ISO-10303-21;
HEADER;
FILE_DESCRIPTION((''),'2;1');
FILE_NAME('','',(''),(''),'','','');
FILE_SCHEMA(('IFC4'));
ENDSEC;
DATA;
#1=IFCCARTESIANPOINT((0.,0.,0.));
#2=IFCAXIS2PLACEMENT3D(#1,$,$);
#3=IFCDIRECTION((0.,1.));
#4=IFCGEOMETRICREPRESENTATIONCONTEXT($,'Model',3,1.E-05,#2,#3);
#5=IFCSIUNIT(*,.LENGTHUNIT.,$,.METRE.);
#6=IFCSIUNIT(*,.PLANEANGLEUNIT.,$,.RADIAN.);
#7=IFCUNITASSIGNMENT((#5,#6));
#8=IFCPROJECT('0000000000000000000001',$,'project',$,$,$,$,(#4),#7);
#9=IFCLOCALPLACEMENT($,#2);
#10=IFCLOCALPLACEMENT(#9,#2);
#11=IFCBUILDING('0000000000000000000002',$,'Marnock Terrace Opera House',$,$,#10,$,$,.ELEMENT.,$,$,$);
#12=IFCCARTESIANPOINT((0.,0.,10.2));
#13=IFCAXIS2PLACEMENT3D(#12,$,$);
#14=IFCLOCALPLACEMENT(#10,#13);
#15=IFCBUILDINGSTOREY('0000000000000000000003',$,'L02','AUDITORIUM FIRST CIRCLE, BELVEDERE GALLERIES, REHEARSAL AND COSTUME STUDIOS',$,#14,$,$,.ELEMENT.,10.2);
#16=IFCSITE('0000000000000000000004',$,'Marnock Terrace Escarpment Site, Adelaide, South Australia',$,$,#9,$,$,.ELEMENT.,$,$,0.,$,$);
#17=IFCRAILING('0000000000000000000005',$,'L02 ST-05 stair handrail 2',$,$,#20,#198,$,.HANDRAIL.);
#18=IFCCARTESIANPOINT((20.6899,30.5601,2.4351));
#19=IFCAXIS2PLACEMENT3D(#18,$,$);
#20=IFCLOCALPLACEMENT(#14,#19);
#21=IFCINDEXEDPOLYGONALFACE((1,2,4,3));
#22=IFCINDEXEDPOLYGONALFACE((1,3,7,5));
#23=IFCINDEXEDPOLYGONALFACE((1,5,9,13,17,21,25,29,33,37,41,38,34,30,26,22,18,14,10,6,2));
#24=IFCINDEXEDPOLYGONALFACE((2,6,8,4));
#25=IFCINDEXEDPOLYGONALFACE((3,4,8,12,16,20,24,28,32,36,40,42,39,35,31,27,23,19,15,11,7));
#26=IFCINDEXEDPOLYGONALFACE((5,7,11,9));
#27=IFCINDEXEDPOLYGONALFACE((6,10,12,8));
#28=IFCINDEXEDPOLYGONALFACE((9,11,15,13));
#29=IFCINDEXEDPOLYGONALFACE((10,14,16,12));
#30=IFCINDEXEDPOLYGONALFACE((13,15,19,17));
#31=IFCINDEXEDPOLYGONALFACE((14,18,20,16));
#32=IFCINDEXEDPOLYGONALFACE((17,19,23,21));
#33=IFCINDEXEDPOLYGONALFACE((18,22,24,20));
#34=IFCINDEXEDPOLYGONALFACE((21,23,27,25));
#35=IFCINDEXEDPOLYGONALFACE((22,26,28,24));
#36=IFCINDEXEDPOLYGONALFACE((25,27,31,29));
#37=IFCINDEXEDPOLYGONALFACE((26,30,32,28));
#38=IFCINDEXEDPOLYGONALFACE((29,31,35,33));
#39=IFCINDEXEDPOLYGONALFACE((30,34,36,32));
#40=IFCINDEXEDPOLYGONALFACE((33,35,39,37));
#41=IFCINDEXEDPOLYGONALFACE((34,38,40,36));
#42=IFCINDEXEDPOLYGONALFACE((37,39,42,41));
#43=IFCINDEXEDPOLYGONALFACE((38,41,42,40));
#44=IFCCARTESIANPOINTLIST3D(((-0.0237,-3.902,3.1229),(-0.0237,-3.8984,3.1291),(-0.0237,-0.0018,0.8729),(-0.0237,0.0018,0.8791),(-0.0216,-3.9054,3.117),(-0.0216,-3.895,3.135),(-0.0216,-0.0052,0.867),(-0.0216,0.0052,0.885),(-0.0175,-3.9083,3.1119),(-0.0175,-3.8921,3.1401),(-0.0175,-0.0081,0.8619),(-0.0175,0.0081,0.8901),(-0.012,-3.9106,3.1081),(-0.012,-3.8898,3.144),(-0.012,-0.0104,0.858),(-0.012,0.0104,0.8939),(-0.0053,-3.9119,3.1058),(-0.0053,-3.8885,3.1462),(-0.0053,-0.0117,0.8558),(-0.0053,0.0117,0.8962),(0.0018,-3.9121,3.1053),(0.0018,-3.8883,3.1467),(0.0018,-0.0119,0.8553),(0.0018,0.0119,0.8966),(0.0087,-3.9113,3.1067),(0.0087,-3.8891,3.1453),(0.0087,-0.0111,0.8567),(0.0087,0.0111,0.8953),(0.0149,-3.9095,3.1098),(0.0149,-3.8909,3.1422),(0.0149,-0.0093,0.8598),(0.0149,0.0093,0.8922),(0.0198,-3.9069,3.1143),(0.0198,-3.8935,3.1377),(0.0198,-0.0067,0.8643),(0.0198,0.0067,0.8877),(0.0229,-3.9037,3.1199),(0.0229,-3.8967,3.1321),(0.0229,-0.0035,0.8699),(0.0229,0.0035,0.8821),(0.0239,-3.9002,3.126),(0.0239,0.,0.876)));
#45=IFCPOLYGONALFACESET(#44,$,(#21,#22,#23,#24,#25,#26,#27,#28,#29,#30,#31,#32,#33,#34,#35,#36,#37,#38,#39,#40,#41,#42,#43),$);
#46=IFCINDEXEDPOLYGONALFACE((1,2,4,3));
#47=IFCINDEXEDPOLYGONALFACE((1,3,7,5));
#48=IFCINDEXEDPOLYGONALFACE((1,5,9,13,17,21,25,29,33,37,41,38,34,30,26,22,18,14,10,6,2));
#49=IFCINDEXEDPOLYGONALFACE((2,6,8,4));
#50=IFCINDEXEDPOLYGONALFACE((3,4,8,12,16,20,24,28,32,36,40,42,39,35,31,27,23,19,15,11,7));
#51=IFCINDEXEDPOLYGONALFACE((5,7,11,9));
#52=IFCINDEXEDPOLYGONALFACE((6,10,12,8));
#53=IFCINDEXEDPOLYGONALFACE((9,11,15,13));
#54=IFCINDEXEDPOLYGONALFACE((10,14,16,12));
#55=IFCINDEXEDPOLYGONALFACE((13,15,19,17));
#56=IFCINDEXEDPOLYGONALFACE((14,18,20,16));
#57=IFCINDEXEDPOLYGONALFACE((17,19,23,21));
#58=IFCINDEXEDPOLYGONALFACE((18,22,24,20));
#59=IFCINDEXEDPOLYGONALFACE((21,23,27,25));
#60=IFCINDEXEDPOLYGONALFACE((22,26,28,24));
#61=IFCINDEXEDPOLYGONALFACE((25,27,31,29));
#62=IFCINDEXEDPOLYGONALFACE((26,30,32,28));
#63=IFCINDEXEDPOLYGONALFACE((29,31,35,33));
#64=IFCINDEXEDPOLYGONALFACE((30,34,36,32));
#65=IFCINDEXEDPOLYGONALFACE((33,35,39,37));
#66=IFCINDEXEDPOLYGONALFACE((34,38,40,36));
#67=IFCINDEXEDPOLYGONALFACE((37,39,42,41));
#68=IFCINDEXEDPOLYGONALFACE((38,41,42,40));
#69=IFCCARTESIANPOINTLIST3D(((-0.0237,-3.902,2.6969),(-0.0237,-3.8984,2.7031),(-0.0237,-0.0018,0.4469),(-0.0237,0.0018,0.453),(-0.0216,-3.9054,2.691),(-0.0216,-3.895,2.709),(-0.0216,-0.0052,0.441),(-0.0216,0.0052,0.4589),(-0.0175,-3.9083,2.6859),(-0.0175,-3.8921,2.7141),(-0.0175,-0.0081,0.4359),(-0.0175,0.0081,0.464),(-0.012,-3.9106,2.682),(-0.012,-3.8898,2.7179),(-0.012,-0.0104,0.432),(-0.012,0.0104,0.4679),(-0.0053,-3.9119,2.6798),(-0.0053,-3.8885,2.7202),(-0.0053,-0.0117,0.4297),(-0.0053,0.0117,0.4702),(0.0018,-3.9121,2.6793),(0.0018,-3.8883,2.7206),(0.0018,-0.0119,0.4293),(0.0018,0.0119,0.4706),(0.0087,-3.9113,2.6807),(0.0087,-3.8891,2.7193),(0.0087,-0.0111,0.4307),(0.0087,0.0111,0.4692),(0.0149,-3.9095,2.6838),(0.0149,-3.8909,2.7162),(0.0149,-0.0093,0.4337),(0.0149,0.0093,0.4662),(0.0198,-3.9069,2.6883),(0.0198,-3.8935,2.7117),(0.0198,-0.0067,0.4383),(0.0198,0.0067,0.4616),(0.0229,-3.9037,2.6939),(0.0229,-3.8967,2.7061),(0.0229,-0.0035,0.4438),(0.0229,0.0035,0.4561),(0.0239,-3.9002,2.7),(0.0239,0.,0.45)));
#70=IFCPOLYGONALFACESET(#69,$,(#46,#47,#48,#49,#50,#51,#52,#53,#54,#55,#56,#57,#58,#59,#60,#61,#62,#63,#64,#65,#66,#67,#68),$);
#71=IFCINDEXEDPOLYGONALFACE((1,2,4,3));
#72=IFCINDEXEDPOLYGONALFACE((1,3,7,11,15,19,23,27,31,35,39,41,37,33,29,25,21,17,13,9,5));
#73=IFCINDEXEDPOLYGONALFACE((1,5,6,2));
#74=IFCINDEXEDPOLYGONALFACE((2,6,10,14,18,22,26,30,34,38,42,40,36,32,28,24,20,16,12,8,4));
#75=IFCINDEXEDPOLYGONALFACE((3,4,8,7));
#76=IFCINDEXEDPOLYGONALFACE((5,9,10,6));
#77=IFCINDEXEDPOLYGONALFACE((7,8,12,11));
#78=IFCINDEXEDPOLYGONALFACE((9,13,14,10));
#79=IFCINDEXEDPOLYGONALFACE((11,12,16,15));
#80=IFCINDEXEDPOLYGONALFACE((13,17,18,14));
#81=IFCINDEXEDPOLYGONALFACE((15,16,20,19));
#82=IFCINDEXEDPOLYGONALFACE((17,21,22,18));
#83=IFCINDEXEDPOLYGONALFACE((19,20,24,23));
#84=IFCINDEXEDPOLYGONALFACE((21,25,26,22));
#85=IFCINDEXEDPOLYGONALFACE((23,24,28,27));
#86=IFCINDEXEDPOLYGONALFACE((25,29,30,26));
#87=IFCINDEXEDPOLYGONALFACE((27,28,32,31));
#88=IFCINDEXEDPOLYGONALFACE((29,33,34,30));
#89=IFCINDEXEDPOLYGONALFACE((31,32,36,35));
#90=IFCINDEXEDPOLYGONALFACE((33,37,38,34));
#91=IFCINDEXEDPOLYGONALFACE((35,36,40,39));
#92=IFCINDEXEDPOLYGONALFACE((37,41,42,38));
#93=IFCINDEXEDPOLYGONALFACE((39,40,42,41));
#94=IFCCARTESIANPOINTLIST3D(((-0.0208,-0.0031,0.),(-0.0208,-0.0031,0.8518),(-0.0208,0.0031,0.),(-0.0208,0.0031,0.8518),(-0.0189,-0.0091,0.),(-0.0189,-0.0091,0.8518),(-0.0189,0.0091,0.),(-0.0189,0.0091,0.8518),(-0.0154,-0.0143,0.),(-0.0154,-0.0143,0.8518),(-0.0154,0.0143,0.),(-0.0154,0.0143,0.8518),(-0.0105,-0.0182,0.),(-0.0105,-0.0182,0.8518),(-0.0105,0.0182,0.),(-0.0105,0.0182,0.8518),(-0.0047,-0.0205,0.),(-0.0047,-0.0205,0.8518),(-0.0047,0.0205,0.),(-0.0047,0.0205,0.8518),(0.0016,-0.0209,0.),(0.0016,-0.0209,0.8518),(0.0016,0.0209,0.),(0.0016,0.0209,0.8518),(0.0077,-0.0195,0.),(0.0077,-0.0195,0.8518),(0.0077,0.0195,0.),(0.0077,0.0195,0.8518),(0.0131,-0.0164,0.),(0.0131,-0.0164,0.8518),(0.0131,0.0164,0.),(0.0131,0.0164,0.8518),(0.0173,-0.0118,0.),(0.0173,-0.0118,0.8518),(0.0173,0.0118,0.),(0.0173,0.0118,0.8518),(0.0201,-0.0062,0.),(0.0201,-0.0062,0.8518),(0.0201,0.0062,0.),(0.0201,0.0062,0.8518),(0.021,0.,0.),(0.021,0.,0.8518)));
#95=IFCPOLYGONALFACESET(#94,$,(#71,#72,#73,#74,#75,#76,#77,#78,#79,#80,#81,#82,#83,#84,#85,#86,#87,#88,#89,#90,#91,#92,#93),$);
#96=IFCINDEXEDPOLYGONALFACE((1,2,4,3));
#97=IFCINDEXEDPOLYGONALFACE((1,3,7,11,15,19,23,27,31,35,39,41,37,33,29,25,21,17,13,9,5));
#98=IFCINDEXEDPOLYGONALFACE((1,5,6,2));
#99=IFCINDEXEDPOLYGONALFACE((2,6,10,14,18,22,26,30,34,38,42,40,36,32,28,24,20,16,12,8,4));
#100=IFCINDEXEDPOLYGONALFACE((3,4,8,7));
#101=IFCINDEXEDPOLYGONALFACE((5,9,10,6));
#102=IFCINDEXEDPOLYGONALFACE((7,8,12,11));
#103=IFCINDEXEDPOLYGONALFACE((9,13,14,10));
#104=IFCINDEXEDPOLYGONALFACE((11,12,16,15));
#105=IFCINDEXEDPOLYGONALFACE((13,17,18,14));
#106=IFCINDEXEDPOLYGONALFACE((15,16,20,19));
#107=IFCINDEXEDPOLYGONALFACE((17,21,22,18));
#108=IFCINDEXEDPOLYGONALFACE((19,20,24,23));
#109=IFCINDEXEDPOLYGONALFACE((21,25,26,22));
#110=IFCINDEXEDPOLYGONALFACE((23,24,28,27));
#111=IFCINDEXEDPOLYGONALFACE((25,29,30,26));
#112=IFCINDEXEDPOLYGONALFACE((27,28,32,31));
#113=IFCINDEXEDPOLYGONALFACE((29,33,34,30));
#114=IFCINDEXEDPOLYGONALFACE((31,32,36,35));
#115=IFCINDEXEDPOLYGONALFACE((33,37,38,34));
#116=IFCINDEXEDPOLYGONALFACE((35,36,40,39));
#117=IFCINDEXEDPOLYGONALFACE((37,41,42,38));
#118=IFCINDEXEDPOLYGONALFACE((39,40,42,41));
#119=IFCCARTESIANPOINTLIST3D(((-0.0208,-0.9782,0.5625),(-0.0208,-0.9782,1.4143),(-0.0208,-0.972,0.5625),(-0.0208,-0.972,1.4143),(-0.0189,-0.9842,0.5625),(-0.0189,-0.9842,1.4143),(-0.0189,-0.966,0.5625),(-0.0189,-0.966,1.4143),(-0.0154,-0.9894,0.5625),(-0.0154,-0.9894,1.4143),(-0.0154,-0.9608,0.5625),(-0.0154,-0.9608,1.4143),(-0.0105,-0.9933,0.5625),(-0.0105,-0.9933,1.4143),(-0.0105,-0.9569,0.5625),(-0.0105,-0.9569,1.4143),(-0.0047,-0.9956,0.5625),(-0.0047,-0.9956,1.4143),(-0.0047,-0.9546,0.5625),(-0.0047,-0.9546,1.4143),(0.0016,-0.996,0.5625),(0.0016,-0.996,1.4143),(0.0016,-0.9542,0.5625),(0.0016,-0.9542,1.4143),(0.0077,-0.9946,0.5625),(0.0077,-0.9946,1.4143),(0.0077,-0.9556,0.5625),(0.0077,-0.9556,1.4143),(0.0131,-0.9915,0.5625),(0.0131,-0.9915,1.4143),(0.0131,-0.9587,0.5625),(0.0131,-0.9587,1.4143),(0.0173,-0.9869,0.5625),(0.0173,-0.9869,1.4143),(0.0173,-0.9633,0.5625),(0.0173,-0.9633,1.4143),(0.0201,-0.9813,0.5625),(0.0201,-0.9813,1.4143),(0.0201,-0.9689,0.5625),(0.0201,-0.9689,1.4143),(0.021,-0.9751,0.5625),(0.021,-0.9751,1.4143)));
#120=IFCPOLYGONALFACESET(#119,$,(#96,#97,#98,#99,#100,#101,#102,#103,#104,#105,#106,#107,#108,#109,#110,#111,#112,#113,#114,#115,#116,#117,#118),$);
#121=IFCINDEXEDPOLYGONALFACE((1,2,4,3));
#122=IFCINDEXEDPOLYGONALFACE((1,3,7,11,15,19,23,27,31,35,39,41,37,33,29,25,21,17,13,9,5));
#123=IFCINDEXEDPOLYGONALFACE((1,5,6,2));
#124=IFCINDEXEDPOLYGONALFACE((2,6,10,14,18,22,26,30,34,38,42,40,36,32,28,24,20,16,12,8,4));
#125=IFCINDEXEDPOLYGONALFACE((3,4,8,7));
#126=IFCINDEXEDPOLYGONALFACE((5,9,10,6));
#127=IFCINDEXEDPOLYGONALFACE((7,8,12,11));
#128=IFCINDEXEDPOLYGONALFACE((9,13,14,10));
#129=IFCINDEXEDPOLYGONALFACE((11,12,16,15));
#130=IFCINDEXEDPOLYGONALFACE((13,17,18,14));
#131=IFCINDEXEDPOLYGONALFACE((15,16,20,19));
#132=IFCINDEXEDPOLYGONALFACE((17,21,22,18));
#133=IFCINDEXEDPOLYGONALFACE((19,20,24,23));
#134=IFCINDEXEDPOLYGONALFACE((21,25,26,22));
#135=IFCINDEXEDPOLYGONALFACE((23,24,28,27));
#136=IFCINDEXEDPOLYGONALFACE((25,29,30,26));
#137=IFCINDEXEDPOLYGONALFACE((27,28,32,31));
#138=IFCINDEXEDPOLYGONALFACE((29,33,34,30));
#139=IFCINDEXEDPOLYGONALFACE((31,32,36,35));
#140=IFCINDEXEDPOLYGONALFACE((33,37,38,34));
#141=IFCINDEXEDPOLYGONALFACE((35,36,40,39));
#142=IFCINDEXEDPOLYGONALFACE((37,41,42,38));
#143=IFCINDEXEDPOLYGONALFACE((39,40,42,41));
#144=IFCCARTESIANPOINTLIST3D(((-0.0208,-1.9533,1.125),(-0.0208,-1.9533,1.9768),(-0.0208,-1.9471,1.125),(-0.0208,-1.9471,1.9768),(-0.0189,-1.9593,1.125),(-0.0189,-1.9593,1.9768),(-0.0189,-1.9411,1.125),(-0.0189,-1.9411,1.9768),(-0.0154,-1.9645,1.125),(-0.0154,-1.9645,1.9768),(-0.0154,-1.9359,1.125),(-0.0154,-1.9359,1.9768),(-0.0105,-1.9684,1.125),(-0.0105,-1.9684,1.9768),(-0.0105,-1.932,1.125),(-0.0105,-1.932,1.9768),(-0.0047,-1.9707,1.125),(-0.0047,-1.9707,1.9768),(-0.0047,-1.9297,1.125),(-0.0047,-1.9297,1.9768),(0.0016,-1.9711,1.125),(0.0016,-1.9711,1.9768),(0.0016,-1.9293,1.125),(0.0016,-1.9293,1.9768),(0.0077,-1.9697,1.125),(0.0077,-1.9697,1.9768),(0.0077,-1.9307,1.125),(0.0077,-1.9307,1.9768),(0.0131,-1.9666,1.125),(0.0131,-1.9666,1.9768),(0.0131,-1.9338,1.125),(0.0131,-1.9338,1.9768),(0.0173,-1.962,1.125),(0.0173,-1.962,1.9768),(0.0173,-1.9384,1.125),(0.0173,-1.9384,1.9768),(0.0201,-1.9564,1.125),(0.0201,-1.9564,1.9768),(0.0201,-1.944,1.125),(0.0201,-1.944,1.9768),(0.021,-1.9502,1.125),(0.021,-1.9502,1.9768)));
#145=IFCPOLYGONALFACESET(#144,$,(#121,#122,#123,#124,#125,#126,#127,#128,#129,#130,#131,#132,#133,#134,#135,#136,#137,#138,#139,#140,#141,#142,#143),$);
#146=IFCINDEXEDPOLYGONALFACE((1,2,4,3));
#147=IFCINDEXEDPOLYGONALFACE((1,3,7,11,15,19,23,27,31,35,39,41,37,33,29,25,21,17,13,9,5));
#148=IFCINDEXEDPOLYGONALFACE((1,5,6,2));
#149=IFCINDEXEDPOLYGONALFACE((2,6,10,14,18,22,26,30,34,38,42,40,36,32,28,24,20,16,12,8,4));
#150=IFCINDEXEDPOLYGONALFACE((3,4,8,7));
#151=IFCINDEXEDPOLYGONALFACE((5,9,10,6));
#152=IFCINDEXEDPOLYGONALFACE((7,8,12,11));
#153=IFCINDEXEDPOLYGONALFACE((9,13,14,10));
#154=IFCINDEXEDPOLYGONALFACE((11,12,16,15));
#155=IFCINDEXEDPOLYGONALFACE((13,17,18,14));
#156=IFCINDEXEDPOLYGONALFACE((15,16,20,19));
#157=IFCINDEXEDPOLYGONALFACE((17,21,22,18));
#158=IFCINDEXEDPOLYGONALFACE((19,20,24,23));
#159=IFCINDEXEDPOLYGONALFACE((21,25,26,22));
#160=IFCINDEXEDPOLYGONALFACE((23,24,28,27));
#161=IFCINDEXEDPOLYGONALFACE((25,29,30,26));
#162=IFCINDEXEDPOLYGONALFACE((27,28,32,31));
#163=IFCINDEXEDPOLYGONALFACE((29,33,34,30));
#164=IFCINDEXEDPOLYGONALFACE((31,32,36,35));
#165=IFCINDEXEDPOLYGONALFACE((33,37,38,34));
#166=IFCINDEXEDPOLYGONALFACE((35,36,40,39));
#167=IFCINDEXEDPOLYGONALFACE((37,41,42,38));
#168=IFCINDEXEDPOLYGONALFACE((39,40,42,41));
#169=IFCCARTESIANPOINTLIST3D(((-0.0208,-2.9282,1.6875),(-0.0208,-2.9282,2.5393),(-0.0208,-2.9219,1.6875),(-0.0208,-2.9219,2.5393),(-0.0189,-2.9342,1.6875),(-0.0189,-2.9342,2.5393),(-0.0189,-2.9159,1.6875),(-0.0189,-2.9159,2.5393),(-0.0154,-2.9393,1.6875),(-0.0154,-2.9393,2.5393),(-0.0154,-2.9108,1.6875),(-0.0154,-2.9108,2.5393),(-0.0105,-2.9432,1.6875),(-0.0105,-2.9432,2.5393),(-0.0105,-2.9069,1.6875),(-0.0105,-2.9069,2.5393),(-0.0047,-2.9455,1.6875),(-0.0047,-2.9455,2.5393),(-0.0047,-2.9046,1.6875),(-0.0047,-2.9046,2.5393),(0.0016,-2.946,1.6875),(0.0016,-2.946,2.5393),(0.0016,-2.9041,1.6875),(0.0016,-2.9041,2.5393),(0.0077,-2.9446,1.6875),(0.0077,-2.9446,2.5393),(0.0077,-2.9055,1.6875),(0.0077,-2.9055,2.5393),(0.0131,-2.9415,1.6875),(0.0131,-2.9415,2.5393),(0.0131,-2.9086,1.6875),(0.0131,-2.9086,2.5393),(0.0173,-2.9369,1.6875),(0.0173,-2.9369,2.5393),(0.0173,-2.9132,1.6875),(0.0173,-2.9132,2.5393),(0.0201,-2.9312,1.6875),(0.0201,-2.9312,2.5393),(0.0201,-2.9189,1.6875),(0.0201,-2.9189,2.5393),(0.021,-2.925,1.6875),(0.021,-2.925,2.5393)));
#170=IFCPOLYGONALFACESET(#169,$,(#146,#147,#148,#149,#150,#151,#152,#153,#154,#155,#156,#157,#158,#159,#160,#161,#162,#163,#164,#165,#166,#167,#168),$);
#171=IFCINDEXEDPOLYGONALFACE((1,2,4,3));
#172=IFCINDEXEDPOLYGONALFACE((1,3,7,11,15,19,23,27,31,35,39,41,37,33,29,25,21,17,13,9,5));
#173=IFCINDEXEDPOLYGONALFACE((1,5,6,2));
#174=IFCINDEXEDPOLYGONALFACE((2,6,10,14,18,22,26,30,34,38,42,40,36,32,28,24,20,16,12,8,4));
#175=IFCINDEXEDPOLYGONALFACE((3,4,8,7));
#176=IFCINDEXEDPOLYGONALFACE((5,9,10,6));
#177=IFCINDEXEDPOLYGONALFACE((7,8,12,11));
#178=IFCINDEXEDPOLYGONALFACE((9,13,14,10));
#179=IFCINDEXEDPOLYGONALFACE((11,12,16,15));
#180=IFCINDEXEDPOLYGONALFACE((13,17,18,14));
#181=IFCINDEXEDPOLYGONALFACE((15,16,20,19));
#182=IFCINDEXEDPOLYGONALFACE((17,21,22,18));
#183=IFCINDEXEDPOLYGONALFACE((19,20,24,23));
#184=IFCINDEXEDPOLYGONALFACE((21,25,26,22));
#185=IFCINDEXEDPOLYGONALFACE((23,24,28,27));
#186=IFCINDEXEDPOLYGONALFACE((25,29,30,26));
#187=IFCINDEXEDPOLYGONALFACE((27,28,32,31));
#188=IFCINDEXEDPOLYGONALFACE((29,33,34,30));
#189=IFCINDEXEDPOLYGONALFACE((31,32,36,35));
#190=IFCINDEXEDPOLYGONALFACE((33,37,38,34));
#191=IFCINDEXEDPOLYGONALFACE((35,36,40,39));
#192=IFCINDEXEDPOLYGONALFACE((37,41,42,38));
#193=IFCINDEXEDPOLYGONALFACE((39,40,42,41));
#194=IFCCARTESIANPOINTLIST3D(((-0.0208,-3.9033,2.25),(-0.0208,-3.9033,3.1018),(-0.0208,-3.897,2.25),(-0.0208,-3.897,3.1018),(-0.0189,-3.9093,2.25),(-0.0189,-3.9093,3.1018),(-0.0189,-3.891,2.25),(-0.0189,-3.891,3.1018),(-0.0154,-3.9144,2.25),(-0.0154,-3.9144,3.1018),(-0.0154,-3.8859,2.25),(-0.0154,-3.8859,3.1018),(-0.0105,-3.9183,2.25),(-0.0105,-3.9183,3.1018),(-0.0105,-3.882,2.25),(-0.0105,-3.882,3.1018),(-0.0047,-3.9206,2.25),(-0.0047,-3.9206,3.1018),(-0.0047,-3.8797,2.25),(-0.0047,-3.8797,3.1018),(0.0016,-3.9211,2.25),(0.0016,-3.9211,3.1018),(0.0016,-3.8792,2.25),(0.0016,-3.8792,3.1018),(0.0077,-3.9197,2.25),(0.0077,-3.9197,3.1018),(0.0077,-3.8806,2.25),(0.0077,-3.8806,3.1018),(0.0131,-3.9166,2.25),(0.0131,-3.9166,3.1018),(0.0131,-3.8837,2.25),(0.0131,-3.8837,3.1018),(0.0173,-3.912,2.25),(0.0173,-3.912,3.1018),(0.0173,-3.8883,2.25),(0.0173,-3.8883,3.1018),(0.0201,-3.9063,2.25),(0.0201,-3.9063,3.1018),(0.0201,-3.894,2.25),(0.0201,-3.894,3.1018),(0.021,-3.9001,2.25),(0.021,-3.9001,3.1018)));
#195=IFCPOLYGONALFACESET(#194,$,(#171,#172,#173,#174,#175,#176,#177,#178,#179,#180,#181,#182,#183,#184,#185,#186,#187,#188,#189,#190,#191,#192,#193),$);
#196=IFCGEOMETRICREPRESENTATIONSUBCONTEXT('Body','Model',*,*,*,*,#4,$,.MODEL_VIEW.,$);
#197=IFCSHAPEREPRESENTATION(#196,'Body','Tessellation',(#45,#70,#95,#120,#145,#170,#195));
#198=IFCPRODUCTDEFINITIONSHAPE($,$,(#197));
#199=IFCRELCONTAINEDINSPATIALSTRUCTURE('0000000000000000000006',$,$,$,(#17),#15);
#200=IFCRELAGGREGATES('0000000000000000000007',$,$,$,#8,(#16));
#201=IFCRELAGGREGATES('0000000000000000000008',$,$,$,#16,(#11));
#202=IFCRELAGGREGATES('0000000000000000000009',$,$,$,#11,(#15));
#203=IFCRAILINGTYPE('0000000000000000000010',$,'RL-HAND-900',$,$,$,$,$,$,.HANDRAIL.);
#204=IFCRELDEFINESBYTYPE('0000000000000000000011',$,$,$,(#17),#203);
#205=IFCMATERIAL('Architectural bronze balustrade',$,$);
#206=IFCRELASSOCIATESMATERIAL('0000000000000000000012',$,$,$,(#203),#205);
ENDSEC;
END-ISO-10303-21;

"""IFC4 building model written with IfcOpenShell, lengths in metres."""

from ifc_helpers import new_model, si_unit, direction, frame, origin, origin_2d, place, context, subcontext, project, spatial, circle, extrude, material, type_object, element, save


model = new_model("IFC4")

# Units and contexts
model_context = context("Model", 3, precision=1e-05, world=origin(), true_north=direction((0.0, 1.0)))
body_context = subcontext(model_context, "Body", "Model", "MODEL_VIEW")
ifc_project = project(units=[si_unit("LENGTHUNIT", "METRE"), si_unit("PLANEANGLEUNIT", "RADIAN")], contexts=[model_context])

# Site, building, storey
site_placement = place(None, origin())
site = spatial("IfcSite", under=ifc_project, at=site_placement, Name="Marnock Terrace Escarpment Site, Adelaide, South Australia", CompositionType="ELEMENT", RefElevation=0.0)
building_placement = place(site_placement, origin())
building = spatial("IfcBuilding", under=site, at=building_placement, Name="Marnock Terrace Opera House", CompositionType="ELEMENT")
storey_placement = place(building_placement, frame((0.0, 0.0, 10.2)))
storey = spatial("IfcBuildingStorey", under=building, at=storey_placement, Name="L02", Description="AUDITORIUM FIRST CIRCLE, BELVEDERE GALLERIES, REHEARSAL AND COSTUME STUDIOS", CompositionType="ELEMENT", Elevation=10.2)

# Railing
ifc_material_1 = material(Name="Architectural bronze balustrade")
railing_type_1 = type_object("IfcRailingType", Name="RL-HAND-900", PredefinedType="HANDRAIL", material=ifc_material_1)
railing_1_placement = place(storey_placement, frame((20.6899, 30.5601, 2.4351)))
element("IfcRailing", 1, at=railing_1_placement, inside=storey, type_object=railing_type_1, Name="L02 ST-05 stair handrail 2", PredefinedType="HANDRAIL", context=body_context, shape_type="SweptSolid", body=[
    extrude(circle(Radius=0.0239, at=origin_2d()), frame((0.0, 0.0, 0.876), z_axis=(0.0, -0.866194, 0.499708), x_axis=(1.0, 0.0, 0.0)), (0.0, 0.0, 1.0), 4.5027),
    extrude(circle(Radius=0.0239, at=origin_2d()), frame((0.0, 0.0, 0.45), z_axis=(0.0, -0.866194, 0.499708), x_axis=(1.0, 0.0, 0.0)), (0.0, 0.0, 1.0), 4.5027),
    extrude(circle(Radius=0.021, at=origin_2d()), origin(), (0.0, 0.0, 1.0), 0.8518),
    extrude(circle(Radius=0.021, at=origin_2d()), frame((0.0, -0.9751, 0.5625)), (0.0, 0.0, 1.0), 0.8518),
    extrude(circle(Radius=0.021, at=origin_2d()), frame((0.0, -1.9502, 1.125)), (0.0, 0.0, 1.0), 0.8518),
    extrude(circle(Radius=0.021, at=origin_2d()), frame((0.0, -2.925, 1.6875)), (0.0, 0.0, 1.0), 0.8518),
    extrude(circle(Radius=0.021, at=origin_2d()), frame((0.0, -3.9001, 2.25)), (0.0, 0.0, 1.0), 0.8518),
])

save(model, "model.ifc")
